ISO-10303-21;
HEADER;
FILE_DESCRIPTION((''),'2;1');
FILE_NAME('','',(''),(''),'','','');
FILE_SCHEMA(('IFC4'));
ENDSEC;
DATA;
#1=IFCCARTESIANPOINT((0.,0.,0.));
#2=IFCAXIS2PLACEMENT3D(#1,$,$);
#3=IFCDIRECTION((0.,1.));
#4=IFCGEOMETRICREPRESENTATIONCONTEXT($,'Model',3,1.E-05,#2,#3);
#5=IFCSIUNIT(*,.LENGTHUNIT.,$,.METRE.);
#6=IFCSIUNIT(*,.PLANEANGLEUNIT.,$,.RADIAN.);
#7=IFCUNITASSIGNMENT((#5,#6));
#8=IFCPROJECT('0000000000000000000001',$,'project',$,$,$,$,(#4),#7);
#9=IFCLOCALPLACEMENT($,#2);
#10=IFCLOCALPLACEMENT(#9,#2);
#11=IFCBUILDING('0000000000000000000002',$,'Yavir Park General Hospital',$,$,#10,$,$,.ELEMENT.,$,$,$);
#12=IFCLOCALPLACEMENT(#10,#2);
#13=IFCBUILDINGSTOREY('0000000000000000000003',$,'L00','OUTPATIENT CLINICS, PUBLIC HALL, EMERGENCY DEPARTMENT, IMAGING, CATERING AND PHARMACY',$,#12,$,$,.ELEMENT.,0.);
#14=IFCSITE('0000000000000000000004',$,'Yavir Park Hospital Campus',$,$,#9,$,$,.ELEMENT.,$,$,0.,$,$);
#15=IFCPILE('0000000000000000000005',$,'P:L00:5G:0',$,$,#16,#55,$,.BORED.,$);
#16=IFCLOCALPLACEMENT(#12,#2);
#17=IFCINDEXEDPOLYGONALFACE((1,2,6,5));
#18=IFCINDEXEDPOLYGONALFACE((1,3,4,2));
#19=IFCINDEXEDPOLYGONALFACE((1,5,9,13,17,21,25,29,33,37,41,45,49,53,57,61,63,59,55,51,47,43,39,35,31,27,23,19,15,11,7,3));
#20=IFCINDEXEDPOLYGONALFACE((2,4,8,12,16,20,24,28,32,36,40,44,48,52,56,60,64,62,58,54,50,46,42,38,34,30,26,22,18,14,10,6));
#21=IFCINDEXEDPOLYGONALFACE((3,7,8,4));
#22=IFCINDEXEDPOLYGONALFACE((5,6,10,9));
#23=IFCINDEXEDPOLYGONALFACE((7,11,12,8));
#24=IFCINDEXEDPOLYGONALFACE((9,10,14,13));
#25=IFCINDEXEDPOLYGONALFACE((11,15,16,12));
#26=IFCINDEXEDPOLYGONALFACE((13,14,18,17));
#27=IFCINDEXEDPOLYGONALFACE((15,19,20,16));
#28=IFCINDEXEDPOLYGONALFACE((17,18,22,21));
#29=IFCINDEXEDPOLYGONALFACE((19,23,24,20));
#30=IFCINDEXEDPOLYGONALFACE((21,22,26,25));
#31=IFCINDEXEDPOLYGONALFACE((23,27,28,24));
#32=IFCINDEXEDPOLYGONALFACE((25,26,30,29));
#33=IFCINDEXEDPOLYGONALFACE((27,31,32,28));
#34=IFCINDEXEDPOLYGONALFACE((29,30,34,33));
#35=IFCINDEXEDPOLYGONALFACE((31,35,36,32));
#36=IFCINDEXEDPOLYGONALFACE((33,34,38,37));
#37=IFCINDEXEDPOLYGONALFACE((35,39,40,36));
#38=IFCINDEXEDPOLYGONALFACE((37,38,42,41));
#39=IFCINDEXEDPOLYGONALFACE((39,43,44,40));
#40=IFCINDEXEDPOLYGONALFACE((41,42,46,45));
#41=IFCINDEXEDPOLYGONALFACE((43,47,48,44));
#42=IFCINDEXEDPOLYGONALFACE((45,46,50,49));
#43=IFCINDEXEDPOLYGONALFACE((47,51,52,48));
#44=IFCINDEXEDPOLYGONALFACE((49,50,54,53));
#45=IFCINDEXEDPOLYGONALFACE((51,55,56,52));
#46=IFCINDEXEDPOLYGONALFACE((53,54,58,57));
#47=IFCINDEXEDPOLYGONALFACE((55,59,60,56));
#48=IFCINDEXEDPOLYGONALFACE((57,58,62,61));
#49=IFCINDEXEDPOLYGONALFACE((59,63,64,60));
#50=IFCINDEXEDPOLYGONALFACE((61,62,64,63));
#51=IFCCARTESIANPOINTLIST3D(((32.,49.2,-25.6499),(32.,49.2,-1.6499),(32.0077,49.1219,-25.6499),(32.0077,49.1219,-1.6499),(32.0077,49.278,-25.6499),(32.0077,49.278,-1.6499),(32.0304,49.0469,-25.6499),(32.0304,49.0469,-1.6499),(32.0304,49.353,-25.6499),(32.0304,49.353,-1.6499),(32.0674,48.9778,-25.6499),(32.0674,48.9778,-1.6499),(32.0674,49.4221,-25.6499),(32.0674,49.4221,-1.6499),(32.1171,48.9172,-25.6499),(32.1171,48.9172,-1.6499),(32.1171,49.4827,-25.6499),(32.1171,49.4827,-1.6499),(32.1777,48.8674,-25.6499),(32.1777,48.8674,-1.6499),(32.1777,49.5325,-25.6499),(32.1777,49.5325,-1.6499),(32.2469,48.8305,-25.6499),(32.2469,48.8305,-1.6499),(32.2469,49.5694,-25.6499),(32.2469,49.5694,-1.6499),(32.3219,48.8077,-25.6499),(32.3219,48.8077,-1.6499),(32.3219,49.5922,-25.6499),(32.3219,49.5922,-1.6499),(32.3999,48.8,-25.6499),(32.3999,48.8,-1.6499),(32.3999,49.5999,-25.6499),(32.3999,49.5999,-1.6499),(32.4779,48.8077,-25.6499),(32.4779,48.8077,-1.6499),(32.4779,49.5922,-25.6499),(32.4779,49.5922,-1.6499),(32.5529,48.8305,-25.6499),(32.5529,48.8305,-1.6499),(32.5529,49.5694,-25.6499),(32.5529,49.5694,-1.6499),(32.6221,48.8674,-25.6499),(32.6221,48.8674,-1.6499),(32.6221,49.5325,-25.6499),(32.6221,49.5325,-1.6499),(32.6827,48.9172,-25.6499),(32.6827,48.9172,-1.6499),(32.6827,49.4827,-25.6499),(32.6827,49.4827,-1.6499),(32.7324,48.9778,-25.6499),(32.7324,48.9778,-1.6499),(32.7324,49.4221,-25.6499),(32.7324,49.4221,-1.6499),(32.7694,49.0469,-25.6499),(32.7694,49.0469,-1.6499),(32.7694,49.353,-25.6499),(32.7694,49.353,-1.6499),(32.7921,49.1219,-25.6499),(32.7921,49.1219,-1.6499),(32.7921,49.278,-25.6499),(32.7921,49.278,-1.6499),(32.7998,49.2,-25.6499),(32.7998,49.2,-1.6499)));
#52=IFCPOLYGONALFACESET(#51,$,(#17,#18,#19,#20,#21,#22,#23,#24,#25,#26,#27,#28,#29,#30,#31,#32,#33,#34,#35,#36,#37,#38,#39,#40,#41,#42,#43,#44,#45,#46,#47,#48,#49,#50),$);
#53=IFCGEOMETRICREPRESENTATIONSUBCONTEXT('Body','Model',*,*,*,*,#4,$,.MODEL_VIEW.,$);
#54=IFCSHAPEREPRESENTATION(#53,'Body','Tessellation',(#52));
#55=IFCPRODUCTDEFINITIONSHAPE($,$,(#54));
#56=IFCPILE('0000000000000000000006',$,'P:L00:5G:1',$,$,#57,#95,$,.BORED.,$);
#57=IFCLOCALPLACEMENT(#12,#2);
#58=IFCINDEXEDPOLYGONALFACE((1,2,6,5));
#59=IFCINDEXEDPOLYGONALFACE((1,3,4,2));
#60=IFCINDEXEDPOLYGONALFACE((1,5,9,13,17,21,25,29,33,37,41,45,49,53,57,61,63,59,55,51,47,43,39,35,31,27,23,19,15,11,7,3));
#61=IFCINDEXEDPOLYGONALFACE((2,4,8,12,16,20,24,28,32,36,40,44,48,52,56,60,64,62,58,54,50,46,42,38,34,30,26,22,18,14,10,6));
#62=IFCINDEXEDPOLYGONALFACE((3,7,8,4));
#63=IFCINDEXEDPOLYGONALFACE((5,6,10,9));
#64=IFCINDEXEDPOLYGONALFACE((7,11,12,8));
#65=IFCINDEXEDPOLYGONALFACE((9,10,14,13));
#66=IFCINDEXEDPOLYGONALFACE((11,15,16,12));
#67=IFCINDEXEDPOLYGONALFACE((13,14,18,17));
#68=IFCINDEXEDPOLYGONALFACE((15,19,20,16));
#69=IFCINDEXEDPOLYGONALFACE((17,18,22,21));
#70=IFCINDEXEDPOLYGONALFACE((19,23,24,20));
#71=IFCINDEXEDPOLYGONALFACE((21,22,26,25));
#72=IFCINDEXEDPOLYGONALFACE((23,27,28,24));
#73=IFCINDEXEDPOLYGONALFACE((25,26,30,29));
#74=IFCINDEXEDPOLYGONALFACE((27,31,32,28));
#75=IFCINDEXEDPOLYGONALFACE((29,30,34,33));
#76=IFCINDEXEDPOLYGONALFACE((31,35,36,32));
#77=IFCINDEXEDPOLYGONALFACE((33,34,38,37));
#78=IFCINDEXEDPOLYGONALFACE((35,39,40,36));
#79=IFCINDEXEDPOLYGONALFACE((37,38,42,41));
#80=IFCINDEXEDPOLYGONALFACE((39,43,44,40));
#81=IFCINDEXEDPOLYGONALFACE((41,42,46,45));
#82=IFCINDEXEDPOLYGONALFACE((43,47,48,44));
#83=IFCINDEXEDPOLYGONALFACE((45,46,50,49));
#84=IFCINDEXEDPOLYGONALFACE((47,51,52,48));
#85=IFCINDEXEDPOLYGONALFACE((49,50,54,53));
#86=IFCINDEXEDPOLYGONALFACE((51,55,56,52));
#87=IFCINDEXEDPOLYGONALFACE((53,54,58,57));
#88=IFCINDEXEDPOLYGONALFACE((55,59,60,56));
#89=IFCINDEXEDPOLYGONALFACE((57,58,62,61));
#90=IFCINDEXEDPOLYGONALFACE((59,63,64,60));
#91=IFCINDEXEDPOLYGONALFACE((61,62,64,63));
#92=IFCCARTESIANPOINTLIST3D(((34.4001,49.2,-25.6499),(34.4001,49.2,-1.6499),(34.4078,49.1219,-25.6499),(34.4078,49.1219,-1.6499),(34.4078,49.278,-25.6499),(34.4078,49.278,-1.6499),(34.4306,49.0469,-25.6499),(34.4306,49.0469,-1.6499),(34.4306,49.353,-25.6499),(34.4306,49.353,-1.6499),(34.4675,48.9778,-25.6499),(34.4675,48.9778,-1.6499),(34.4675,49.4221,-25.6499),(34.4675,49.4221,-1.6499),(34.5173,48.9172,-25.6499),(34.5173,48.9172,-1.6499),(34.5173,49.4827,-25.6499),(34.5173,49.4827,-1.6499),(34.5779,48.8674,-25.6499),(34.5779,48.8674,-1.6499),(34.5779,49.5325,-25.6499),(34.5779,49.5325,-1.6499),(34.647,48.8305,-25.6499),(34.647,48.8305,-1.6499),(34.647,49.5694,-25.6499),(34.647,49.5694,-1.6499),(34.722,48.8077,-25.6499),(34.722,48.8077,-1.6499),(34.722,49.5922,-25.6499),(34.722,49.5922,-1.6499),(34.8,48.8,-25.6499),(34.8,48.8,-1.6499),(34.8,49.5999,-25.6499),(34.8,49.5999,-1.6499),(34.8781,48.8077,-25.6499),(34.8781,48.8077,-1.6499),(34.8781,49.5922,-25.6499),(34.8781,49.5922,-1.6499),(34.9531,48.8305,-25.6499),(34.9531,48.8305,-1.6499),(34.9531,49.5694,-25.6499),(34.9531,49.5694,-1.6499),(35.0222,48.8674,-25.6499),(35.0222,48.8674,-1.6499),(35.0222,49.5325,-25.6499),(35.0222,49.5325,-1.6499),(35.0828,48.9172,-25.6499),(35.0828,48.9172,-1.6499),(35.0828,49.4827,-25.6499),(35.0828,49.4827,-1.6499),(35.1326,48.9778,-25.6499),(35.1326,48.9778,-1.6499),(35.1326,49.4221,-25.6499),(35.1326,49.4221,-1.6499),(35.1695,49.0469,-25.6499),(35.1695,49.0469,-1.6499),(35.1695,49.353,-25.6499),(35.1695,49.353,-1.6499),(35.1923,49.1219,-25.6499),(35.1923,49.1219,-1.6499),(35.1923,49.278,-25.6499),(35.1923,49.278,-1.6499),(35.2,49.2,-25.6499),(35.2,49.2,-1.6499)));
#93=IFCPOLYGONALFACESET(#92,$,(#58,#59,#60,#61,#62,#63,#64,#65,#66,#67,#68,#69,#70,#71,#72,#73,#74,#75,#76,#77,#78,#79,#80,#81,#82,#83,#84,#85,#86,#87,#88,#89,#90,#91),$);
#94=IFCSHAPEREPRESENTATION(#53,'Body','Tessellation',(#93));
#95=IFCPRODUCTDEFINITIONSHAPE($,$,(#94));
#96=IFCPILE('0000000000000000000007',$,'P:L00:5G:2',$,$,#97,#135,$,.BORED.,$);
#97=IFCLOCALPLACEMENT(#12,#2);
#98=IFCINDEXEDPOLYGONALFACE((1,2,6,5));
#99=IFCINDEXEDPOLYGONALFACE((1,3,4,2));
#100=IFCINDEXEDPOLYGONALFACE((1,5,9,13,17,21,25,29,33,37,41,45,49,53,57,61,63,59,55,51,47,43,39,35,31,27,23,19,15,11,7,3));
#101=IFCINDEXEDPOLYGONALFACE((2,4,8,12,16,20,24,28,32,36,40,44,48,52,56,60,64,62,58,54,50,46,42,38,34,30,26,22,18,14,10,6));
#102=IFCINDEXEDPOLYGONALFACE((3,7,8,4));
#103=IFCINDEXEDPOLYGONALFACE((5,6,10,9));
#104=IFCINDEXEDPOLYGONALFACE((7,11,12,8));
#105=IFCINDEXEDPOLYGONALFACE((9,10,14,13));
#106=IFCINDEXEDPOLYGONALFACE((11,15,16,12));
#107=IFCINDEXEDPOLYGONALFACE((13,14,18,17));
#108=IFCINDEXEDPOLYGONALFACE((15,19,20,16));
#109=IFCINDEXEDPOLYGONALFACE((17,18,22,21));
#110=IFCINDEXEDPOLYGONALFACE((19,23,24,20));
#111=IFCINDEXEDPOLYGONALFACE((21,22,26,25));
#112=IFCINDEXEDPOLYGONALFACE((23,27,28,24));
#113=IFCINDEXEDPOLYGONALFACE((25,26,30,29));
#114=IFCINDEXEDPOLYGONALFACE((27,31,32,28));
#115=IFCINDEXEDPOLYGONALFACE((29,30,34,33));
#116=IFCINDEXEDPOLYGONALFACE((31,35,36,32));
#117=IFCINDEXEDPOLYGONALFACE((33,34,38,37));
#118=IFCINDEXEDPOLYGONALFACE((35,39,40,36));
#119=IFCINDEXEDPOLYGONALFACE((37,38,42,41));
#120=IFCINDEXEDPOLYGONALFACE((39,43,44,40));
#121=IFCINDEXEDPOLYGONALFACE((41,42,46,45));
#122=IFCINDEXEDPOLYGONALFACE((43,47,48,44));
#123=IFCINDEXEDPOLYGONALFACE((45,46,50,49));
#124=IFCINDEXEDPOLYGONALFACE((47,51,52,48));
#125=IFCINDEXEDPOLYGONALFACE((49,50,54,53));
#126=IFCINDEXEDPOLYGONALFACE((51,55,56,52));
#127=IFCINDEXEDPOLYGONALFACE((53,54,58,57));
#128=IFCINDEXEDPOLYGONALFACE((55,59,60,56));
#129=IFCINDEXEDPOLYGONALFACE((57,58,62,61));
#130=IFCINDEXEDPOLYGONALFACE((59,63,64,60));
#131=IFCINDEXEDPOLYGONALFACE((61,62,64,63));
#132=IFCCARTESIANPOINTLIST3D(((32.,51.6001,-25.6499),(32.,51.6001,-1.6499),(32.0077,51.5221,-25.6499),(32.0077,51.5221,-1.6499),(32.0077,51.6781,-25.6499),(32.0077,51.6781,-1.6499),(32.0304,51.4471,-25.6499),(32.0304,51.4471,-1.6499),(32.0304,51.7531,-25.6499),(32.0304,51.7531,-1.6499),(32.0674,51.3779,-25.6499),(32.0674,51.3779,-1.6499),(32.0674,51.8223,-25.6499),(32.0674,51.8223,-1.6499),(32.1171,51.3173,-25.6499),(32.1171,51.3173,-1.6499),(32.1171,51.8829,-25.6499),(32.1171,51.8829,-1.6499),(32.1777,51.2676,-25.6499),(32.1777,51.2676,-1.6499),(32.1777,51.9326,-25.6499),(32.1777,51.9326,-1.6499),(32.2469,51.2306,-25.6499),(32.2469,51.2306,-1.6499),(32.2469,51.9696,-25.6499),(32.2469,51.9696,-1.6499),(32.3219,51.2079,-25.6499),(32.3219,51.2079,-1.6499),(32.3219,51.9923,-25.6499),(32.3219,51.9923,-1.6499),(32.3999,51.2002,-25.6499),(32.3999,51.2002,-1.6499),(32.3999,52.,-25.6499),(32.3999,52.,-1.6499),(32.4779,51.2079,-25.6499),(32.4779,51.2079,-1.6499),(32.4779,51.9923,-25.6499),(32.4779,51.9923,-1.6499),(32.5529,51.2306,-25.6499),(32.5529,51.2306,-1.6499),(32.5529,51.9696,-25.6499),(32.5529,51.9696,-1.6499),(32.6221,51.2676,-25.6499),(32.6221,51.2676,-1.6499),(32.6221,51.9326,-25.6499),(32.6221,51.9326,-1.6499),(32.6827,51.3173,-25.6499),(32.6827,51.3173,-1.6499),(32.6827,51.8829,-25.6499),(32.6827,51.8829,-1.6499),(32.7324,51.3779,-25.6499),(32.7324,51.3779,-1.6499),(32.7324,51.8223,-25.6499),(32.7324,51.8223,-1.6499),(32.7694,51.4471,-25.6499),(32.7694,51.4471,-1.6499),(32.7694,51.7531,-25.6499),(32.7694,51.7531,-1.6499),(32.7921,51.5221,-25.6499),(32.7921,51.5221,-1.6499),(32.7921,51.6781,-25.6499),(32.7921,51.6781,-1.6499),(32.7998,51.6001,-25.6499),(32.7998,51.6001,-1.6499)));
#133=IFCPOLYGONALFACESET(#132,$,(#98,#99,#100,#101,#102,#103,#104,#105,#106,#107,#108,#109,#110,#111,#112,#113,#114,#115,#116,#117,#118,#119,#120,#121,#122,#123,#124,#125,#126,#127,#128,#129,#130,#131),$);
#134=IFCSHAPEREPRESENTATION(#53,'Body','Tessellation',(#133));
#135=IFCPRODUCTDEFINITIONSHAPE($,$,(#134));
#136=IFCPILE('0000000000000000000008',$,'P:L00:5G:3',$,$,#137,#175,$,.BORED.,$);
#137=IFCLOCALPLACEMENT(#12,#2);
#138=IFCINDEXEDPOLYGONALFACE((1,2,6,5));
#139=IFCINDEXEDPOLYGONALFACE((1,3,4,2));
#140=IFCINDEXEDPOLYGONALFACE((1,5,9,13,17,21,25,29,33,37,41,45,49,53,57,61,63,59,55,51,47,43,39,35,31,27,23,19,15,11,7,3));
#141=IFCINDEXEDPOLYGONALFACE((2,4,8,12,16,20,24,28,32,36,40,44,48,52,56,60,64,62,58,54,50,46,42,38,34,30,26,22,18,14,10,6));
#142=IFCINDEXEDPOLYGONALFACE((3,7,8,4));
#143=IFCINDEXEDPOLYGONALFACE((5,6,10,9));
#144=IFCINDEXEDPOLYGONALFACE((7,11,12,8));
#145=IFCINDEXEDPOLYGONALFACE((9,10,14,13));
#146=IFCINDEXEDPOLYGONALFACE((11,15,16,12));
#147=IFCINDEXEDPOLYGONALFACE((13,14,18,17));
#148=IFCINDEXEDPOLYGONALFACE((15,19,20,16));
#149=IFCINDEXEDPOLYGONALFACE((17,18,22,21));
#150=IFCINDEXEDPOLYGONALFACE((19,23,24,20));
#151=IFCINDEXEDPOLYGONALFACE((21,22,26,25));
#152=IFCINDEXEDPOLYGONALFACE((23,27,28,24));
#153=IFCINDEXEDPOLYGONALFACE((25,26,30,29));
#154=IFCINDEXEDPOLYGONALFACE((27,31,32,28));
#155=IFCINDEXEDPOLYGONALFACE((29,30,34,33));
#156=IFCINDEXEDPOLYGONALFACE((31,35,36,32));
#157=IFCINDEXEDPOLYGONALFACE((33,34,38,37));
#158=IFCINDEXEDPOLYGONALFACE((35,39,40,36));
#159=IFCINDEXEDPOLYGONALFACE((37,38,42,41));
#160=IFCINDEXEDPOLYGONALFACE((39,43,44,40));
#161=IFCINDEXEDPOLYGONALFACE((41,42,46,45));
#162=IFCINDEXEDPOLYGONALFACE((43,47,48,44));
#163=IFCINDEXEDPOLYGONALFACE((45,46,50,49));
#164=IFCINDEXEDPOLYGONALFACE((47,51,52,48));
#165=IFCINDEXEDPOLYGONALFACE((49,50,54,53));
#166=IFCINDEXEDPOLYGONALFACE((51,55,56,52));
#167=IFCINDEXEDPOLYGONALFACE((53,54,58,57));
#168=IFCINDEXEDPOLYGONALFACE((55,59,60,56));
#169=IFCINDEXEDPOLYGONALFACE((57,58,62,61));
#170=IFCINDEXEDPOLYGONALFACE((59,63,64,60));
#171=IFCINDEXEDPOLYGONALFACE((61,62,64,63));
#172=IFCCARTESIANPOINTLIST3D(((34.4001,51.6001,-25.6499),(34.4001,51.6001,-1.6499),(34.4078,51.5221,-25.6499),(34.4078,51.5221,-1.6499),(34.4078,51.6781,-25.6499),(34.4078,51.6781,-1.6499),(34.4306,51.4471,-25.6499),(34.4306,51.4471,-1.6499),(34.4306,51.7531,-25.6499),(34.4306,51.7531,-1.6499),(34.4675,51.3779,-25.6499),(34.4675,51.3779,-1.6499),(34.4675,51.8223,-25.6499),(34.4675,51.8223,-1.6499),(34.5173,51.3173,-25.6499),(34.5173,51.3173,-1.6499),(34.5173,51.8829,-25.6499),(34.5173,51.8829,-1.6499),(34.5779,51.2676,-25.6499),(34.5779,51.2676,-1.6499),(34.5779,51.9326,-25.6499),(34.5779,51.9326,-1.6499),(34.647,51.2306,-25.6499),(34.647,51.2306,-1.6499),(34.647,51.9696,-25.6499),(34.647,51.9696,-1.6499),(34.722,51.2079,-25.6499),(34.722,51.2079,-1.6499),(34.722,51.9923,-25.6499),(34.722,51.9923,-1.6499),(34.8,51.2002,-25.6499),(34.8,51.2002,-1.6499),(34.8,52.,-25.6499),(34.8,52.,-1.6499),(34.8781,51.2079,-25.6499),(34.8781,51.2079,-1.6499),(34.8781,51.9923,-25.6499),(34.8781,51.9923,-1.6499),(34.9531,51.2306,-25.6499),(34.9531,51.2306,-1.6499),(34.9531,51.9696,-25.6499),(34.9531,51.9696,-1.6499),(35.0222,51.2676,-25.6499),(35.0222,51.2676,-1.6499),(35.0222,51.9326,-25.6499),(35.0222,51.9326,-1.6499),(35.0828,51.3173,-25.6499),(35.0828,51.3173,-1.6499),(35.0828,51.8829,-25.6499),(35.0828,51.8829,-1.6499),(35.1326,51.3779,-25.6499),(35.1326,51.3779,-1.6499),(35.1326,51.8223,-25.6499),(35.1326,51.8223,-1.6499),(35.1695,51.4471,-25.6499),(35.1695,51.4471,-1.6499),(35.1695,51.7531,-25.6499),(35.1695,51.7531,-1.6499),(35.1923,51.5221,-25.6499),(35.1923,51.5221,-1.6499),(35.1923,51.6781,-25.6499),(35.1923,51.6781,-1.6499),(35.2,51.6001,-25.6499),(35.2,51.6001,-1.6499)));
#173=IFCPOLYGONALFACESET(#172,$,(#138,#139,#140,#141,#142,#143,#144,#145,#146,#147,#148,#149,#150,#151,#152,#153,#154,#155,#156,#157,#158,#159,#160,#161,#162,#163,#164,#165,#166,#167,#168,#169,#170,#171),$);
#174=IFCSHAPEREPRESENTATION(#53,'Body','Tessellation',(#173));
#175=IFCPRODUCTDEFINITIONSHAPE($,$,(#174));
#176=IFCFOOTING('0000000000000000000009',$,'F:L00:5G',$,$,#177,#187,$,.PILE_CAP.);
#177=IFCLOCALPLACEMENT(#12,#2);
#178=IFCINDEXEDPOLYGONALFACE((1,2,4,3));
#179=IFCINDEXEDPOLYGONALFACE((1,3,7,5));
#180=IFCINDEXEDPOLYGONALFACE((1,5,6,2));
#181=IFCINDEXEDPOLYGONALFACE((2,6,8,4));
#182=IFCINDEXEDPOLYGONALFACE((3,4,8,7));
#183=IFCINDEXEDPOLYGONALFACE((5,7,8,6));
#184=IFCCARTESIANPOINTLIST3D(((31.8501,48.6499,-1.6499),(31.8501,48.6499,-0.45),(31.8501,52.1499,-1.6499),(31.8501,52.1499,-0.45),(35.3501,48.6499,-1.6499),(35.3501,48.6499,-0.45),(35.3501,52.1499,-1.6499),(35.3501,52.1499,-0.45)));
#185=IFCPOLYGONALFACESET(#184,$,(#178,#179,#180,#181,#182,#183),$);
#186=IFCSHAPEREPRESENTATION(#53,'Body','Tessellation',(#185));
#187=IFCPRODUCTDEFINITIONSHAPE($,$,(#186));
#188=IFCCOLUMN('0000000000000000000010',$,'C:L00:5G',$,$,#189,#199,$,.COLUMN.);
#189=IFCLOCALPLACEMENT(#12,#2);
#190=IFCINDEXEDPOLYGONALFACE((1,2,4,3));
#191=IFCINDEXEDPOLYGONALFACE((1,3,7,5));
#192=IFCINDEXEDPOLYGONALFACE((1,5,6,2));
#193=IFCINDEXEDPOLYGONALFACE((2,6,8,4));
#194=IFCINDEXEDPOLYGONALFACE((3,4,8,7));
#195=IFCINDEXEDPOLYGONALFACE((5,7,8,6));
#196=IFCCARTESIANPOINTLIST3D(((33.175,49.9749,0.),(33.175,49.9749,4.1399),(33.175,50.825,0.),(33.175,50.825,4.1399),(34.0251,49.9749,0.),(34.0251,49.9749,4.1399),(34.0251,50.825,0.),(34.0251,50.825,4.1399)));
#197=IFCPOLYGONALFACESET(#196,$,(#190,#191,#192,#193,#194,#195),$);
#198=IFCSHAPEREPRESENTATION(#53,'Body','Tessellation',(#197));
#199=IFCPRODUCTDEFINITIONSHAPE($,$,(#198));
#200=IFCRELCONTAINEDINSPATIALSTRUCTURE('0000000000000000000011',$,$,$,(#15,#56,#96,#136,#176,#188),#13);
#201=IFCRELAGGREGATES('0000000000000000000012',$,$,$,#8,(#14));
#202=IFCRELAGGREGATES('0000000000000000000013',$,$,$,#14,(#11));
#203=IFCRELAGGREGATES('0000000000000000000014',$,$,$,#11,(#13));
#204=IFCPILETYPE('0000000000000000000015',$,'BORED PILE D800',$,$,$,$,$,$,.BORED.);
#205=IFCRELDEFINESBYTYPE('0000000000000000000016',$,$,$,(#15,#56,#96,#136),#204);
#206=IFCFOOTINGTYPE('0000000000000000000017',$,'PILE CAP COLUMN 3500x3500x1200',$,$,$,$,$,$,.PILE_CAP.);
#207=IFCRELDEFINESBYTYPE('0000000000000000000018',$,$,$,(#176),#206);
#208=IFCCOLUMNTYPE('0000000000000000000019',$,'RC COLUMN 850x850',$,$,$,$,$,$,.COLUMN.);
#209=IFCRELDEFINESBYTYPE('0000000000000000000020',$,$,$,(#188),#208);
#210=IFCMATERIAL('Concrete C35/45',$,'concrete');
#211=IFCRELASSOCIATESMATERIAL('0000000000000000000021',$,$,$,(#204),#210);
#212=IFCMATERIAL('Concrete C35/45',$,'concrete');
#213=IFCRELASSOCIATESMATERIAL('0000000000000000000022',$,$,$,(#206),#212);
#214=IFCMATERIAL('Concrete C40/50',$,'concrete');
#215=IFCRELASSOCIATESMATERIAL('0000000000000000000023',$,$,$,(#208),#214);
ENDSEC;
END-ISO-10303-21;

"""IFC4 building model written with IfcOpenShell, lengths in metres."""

from ifc_helpers import new_model, si_unit, direction, frame, origin, origin_2d, place, context, subcontext, project, spatial, rectangle, circle, extrude, material, material_profile, profile_set, type_object, element, save


model = new_model("IFC4")

# Units and contexts
model_context = context("Model", 3, precision=1e-05, world=origin(), true_north=direction((0.0, 1.0)))
body_context = subcontext(model_context, "Body", "Model", "MODEL_VIEW")
ifc_project = project(units=[si_unit("LENGTHUNIT", "METRE"), si_unit("PLANEANGLEUNIT", "RADIAN")], contexts=[model_context])

# Site, building, storey
site_placement = place(None, origin())
site = spatial("IfcSite", under=ifc_project, at=site_placement, Name="Yavir Park Hospital Campus", CompositionType="ELEMENT", RefElevation=0.0)
building_placement = place(site_placement, origin())
building = spatial("IfcBuilding", under=site, at=building_placement, Name="Yavir Park General Hospital", CompositionType="ELEMENT")
storey_placement = place(building_placement, origin())
storey = spatial("IfcBuildingStorey", under=building, at=storey_placement, Name="L00", Description="OUTPATIENT CLINICS, PUBLIC HALL, EMERGENCY DEPARTMENT, IMAGING, CATERING AND PHARMACY", CompositionType="ELEMENT", Elevation=0.0)

# Piles
ifc_material_1 = material(Name="Concrete C35/45", Category="concrete")
ifc_material_profile_1 = material_profile(ifc_material_1, circle(Radius=0.3999, at=origin_2d()), Name="D800")
ifc_profile_set_1 = profile_set([ifc_material_profile_1], Name="Concrete C35/45")
pile_type = type_object("IfcPileType", Name="BORED PILE D800", PredefinedType="BORED", material=ifc_profile_set_1)
for number, where, z_axis, x_axis, name in (
    (1, (32.3999, 49.2, -1.6499), (0.0, 0.0, -1.0), (1.0, 0.0, 0.0), "P:L00:5G:0"),
    (2, (34.8, 49.2, -1.6499), (0.0, 0.0, -1.0), (1.0, 0.0, 0.0), "P:L00:5G:1"),
    (3, (32.3999, 51.6001, -1.6499), (0.0, 0.0, -1.0), (1.0, 0.0, 0.0), "P:L00:5G:2"),
    (4, (34.8, 51.6001, -1.6499), (0.0, 0.0, -1.0), (1.0, 0.0, 0.0), "P:L00:5G:3"),
):
    element("IfcPile", number, at=place(storey_placement, frame(where, z_axis=z_axis, x_axis=x_axis)), inside=storey, type_object=pile_type, Name=name, PredefinedType="BORED", context=body_context, shape_type="SweptSolid", body=[
        extrude(circle(Radius=0.3999, at=origin_2d()), origin(), (0.0, 0.0, 1.0), 24.0),
    ])

# Footing
ifc_material_2 = material(Name="Concrete C35/45", Category="concrete")
footing_type = type_object("IfcFootingType", Name="PILE CAP COLUMN 3500x3500x1200", PredefinedType="PILE_CAP", material=ifc_material_2)
footing_placement = place(storey_placement, frame((33.6001, 50.3999, -1.6499), z_axis=(0.0, 0.0, 1.0), x_axis=(1.0, 0.0, 0.0)))
element("IfcFooting", 5, at=footing_placement, inside=storey, type_object=footing_type, Name="F:L00:5G", PredefinedType="PILE_CAP", context=body_context, shape_type="SweptSolid", body=[
    extrude(rectangle(XDim=3.5, YDim=3.5, at=origin_2d()), origin(), (0.0, 0.0, 1.0), 1.2),
])

# Column
ifc_material_3 = material(Name="Concrete C40/50", Category="concrete")
ifc_material_profile_2 = material_profile(ifc_material_3, rectangle(XDim=0.8501, YDim=0.8501, at=origin_2d()), Name="RC850x850")
ifc_profile_set_2 = profile_set([ifc_material_profile_2], Name="Concrete C40/50")
column_type = type_object("IfcColumnType", Name="RC COLUMN 850x850", PredefinedType="COLUMN", material=ifc_profile_set_2)
column_placement = place(storey_placement, frame((33.6001, 50.3999, 0.0), z_axis=(0.0, 0.0, 1.0), x_axis=(1.0, 0.0, 0.0)))
element("IfcColumn", 6, at=column_placement, inside=storey, type_object=column_type, Name="C:L00:5G", PredefinedType="COLUMN", context=body_context, shape_type="SweptSolid", body=[
    extrude(rectangle(XDim=0.8501, YDim=0.8501, at=origin_2d()), origin(), (0.0, 0.0, 1.0), 4.1399),
])

save(model, "model.ifc")
